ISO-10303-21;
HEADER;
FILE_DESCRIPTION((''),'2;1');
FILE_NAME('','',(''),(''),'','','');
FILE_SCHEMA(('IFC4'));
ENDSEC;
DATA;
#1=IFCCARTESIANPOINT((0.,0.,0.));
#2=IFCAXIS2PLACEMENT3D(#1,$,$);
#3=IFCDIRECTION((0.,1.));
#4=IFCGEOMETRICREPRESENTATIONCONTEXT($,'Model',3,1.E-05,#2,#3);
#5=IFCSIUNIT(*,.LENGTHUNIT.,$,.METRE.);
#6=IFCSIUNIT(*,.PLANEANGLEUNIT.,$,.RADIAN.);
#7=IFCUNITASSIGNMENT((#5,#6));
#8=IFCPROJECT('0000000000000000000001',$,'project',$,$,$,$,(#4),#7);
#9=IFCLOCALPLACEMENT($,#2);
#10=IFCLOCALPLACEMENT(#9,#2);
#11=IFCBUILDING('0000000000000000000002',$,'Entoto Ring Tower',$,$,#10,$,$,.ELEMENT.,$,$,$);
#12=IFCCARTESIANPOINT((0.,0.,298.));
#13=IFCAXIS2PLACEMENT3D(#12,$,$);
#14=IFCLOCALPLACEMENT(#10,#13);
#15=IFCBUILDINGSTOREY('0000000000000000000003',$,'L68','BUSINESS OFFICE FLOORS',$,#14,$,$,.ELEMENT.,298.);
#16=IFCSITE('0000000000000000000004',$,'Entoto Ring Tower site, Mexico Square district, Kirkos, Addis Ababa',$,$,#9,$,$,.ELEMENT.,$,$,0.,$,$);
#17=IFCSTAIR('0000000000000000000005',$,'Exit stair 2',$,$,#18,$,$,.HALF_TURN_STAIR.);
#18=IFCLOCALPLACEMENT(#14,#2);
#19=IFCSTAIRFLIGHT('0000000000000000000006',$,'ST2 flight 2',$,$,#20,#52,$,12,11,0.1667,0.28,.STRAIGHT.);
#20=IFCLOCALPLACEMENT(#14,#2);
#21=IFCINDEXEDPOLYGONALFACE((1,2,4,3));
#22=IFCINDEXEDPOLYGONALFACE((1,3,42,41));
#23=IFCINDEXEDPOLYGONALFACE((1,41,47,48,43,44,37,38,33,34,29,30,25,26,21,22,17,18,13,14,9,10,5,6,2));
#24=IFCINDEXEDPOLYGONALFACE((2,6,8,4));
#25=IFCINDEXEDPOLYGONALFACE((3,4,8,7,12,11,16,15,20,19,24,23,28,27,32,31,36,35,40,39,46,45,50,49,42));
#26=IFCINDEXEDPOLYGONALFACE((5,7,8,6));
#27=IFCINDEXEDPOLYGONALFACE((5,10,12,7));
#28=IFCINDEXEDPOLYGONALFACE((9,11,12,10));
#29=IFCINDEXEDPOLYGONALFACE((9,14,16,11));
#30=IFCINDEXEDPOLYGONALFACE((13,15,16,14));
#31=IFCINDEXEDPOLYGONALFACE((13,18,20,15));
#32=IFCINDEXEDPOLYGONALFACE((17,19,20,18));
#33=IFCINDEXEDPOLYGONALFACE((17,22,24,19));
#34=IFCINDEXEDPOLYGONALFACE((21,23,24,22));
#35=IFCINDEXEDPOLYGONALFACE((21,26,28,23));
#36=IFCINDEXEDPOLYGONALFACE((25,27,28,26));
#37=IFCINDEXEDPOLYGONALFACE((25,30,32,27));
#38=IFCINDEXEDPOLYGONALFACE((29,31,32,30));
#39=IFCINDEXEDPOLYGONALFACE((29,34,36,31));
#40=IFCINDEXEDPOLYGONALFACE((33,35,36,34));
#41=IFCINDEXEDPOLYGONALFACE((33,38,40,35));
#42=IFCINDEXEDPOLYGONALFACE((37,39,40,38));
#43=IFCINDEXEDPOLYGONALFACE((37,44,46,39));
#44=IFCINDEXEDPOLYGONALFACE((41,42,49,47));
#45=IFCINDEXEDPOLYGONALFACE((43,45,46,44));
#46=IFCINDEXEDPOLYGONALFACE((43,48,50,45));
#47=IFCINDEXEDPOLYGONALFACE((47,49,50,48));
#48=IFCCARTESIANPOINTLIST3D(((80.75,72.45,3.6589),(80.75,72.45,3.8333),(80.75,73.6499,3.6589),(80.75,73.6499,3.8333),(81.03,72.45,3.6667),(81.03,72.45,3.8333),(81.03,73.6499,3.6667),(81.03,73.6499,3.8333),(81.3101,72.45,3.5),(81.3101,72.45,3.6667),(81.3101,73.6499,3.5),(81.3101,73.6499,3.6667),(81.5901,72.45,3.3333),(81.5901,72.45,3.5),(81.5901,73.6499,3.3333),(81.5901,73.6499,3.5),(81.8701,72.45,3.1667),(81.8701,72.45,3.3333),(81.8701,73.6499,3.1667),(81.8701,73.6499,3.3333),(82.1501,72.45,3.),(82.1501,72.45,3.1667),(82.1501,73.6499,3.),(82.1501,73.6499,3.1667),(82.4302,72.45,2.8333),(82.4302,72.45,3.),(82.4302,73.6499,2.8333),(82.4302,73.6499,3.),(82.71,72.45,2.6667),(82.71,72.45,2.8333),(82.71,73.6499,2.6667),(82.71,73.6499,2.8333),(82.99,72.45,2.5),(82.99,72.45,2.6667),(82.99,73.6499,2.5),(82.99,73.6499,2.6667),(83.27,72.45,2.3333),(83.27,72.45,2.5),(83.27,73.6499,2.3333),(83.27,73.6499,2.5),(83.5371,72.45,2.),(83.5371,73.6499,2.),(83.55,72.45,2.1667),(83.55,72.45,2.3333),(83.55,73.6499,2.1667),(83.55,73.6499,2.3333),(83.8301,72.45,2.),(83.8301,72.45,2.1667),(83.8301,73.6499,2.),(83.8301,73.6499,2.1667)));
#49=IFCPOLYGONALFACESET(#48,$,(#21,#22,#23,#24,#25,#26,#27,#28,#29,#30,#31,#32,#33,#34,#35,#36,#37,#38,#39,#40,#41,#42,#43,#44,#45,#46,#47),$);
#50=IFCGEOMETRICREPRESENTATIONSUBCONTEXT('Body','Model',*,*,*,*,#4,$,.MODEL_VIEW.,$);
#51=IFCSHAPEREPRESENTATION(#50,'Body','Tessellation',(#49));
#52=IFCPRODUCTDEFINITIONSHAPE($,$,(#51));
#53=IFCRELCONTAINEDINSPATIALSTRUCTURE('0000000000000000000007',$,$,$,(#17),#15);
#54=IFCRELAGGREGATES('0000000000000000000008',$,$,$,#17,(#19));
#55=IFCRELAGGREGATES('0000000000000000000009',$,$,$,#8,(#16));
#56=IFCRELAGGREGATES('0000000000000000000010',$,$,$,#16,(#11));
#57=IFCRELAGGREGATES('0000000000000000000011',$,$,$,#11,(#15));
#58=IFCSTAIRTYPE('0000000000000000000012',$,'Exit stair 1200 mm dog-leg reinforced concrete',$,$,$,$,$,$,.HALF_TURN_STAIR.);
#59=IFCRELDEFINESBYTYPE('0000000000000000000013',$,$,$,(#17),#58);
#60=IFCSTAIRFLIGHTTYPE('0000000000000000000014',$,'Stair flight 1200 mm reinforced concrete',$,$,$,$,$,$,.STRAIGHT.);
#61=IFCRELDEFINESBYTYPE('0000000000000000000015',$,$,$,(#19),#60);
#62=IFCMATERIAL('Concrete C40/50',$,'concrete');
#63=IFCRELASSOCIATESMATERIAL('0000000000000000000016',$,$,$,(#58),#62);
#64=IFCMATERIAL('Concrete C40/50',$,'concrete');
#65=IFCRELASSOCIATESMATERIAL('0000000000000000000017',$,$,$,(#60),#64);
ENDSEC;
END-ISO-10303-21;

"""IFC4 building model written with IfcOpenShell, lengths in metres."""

from ifc_helpers import new_model, si_unit, direction, frame, origin, place, context, subcontext, project, spatial, polyline, outline, extrude, material, type_object, element, aggregate, save


model = new_model("IFC4")

# Units and contexts
model_context = context("Model", 3, precision=1e-05, world=origin(), true_north=direction((0.0, 1.0)))
body_context = subcontext(model_context, "Body", "Model", "MODEL_VIEW")
ifc_project = project(units=[si_unit("LENGTHUNIT", "METRE"), si_unit("PLANEANGLEUNIT", "RADIAN")], contexts=[model_context])

# Site, building, storey
site_placement = place(None, origin())
site = spatial("IfcSite", under=ifc_project, at=site_placement, Name="Entoto Ring Tower site, Mexico Square district, Kirkos, Addis Ababa", CompositionType="ELEMENT", RefElevation=0.0)
building_placement = place(site_placement, origin())
building = spatial("IfcBuilding", under=site, at=building_placement, Name="Entoto Ring Tower", CompositionType="ELEMENT")
storey_placement = place(building_placement, frame((0.0, 0.0, 298.0)))
storey = spatial("IfcBuildingStorey", under=building, at=storey_placement, Name="L68", Description="BUSINESS OFFICE FLOORS", CompositionType="ELEMENT", Elevation=298.0)

# Stair, stair flight
ifc_material_1 = material(Name="Concrete C40/50", Category="concrete")
stair_type = type_object("IfcStairType", Name="Exit stair 1200 mm dog-leg reinforced concrete", PredefinedType="HALF_TURN_STAIR", material=ifc_material_1)
stair_placement = place(storey_placement, origin())
stair = element("IfcStair", 1, at=stair_placement, inside=storey, type_object=stair_type, Name="Exit stair 2", PredefinedType="HALF_TURN_STAIR")
ifc_material_2 = material(Name="Concrete C40/50", Category="concrete")
stair_flight_type = type_object("IfcStairFlightType", Name="Stair flight 1200 mm reinforced concrete", PredefinedType="STRAIGHT", material=ifc_material_2)
stair_flight_1_placement = place(storey_placement, frame((83.8301, 73.05, 2.0), z_axis=(0.0, 0.0, 1.0), x_axis=(-1.0, 0.0, 0.0)))
stair_flight_1 = element("IfcStairFlight", 2, at=stair_flight_1_placement, type_object=stair_flight_type, Name="ST2 flight 2", NumberOfRisers=12, NumberOfTreads=11, PredefinedType="STRAIGHT", RiserHeight=0.1667, TreadLength=0.28, context=body_context, shape_type="SweptSolid", body=[
    extrude(outline(polyline([(0.0, 0.0), (0.0, 0.1667), (0.28, 0.1667), (0.28, 0.3333), (0.5601, 0.3333), (0.5601, 0.5), (0.8401, 0.5), (0.8401, 0.6667), (1.1201, 0.6667), (1.1201, 0.8333), (1.3999, 0.8333), (1.3999, 1.0), (1.6799, 1.0), (1.6799, 1.1667), (1.96, 1.1667), (1.96, 1.3333), (2.24, 1.3333), (2.24, 1.5), (2.52, 1.5), (2.52, 1.6667), (2.8, 1.6667), (2.8, 1.8333), (3.0801, 1.8333), (3.0801, 2.0), (3.0801, 1.6589), (0.293, 0.0), (0.0, 0.0)])), frame((0.0, 0.6001, 0.0), z_axis=(0.0, -1.0, 0.0), x_axis=(1.0, 0.0, 0.0)), (0.0, 0.0, 1.0), 1.2),
])
aggregate(stair, [stair_flight_1])

save(model, "model.ifc")
